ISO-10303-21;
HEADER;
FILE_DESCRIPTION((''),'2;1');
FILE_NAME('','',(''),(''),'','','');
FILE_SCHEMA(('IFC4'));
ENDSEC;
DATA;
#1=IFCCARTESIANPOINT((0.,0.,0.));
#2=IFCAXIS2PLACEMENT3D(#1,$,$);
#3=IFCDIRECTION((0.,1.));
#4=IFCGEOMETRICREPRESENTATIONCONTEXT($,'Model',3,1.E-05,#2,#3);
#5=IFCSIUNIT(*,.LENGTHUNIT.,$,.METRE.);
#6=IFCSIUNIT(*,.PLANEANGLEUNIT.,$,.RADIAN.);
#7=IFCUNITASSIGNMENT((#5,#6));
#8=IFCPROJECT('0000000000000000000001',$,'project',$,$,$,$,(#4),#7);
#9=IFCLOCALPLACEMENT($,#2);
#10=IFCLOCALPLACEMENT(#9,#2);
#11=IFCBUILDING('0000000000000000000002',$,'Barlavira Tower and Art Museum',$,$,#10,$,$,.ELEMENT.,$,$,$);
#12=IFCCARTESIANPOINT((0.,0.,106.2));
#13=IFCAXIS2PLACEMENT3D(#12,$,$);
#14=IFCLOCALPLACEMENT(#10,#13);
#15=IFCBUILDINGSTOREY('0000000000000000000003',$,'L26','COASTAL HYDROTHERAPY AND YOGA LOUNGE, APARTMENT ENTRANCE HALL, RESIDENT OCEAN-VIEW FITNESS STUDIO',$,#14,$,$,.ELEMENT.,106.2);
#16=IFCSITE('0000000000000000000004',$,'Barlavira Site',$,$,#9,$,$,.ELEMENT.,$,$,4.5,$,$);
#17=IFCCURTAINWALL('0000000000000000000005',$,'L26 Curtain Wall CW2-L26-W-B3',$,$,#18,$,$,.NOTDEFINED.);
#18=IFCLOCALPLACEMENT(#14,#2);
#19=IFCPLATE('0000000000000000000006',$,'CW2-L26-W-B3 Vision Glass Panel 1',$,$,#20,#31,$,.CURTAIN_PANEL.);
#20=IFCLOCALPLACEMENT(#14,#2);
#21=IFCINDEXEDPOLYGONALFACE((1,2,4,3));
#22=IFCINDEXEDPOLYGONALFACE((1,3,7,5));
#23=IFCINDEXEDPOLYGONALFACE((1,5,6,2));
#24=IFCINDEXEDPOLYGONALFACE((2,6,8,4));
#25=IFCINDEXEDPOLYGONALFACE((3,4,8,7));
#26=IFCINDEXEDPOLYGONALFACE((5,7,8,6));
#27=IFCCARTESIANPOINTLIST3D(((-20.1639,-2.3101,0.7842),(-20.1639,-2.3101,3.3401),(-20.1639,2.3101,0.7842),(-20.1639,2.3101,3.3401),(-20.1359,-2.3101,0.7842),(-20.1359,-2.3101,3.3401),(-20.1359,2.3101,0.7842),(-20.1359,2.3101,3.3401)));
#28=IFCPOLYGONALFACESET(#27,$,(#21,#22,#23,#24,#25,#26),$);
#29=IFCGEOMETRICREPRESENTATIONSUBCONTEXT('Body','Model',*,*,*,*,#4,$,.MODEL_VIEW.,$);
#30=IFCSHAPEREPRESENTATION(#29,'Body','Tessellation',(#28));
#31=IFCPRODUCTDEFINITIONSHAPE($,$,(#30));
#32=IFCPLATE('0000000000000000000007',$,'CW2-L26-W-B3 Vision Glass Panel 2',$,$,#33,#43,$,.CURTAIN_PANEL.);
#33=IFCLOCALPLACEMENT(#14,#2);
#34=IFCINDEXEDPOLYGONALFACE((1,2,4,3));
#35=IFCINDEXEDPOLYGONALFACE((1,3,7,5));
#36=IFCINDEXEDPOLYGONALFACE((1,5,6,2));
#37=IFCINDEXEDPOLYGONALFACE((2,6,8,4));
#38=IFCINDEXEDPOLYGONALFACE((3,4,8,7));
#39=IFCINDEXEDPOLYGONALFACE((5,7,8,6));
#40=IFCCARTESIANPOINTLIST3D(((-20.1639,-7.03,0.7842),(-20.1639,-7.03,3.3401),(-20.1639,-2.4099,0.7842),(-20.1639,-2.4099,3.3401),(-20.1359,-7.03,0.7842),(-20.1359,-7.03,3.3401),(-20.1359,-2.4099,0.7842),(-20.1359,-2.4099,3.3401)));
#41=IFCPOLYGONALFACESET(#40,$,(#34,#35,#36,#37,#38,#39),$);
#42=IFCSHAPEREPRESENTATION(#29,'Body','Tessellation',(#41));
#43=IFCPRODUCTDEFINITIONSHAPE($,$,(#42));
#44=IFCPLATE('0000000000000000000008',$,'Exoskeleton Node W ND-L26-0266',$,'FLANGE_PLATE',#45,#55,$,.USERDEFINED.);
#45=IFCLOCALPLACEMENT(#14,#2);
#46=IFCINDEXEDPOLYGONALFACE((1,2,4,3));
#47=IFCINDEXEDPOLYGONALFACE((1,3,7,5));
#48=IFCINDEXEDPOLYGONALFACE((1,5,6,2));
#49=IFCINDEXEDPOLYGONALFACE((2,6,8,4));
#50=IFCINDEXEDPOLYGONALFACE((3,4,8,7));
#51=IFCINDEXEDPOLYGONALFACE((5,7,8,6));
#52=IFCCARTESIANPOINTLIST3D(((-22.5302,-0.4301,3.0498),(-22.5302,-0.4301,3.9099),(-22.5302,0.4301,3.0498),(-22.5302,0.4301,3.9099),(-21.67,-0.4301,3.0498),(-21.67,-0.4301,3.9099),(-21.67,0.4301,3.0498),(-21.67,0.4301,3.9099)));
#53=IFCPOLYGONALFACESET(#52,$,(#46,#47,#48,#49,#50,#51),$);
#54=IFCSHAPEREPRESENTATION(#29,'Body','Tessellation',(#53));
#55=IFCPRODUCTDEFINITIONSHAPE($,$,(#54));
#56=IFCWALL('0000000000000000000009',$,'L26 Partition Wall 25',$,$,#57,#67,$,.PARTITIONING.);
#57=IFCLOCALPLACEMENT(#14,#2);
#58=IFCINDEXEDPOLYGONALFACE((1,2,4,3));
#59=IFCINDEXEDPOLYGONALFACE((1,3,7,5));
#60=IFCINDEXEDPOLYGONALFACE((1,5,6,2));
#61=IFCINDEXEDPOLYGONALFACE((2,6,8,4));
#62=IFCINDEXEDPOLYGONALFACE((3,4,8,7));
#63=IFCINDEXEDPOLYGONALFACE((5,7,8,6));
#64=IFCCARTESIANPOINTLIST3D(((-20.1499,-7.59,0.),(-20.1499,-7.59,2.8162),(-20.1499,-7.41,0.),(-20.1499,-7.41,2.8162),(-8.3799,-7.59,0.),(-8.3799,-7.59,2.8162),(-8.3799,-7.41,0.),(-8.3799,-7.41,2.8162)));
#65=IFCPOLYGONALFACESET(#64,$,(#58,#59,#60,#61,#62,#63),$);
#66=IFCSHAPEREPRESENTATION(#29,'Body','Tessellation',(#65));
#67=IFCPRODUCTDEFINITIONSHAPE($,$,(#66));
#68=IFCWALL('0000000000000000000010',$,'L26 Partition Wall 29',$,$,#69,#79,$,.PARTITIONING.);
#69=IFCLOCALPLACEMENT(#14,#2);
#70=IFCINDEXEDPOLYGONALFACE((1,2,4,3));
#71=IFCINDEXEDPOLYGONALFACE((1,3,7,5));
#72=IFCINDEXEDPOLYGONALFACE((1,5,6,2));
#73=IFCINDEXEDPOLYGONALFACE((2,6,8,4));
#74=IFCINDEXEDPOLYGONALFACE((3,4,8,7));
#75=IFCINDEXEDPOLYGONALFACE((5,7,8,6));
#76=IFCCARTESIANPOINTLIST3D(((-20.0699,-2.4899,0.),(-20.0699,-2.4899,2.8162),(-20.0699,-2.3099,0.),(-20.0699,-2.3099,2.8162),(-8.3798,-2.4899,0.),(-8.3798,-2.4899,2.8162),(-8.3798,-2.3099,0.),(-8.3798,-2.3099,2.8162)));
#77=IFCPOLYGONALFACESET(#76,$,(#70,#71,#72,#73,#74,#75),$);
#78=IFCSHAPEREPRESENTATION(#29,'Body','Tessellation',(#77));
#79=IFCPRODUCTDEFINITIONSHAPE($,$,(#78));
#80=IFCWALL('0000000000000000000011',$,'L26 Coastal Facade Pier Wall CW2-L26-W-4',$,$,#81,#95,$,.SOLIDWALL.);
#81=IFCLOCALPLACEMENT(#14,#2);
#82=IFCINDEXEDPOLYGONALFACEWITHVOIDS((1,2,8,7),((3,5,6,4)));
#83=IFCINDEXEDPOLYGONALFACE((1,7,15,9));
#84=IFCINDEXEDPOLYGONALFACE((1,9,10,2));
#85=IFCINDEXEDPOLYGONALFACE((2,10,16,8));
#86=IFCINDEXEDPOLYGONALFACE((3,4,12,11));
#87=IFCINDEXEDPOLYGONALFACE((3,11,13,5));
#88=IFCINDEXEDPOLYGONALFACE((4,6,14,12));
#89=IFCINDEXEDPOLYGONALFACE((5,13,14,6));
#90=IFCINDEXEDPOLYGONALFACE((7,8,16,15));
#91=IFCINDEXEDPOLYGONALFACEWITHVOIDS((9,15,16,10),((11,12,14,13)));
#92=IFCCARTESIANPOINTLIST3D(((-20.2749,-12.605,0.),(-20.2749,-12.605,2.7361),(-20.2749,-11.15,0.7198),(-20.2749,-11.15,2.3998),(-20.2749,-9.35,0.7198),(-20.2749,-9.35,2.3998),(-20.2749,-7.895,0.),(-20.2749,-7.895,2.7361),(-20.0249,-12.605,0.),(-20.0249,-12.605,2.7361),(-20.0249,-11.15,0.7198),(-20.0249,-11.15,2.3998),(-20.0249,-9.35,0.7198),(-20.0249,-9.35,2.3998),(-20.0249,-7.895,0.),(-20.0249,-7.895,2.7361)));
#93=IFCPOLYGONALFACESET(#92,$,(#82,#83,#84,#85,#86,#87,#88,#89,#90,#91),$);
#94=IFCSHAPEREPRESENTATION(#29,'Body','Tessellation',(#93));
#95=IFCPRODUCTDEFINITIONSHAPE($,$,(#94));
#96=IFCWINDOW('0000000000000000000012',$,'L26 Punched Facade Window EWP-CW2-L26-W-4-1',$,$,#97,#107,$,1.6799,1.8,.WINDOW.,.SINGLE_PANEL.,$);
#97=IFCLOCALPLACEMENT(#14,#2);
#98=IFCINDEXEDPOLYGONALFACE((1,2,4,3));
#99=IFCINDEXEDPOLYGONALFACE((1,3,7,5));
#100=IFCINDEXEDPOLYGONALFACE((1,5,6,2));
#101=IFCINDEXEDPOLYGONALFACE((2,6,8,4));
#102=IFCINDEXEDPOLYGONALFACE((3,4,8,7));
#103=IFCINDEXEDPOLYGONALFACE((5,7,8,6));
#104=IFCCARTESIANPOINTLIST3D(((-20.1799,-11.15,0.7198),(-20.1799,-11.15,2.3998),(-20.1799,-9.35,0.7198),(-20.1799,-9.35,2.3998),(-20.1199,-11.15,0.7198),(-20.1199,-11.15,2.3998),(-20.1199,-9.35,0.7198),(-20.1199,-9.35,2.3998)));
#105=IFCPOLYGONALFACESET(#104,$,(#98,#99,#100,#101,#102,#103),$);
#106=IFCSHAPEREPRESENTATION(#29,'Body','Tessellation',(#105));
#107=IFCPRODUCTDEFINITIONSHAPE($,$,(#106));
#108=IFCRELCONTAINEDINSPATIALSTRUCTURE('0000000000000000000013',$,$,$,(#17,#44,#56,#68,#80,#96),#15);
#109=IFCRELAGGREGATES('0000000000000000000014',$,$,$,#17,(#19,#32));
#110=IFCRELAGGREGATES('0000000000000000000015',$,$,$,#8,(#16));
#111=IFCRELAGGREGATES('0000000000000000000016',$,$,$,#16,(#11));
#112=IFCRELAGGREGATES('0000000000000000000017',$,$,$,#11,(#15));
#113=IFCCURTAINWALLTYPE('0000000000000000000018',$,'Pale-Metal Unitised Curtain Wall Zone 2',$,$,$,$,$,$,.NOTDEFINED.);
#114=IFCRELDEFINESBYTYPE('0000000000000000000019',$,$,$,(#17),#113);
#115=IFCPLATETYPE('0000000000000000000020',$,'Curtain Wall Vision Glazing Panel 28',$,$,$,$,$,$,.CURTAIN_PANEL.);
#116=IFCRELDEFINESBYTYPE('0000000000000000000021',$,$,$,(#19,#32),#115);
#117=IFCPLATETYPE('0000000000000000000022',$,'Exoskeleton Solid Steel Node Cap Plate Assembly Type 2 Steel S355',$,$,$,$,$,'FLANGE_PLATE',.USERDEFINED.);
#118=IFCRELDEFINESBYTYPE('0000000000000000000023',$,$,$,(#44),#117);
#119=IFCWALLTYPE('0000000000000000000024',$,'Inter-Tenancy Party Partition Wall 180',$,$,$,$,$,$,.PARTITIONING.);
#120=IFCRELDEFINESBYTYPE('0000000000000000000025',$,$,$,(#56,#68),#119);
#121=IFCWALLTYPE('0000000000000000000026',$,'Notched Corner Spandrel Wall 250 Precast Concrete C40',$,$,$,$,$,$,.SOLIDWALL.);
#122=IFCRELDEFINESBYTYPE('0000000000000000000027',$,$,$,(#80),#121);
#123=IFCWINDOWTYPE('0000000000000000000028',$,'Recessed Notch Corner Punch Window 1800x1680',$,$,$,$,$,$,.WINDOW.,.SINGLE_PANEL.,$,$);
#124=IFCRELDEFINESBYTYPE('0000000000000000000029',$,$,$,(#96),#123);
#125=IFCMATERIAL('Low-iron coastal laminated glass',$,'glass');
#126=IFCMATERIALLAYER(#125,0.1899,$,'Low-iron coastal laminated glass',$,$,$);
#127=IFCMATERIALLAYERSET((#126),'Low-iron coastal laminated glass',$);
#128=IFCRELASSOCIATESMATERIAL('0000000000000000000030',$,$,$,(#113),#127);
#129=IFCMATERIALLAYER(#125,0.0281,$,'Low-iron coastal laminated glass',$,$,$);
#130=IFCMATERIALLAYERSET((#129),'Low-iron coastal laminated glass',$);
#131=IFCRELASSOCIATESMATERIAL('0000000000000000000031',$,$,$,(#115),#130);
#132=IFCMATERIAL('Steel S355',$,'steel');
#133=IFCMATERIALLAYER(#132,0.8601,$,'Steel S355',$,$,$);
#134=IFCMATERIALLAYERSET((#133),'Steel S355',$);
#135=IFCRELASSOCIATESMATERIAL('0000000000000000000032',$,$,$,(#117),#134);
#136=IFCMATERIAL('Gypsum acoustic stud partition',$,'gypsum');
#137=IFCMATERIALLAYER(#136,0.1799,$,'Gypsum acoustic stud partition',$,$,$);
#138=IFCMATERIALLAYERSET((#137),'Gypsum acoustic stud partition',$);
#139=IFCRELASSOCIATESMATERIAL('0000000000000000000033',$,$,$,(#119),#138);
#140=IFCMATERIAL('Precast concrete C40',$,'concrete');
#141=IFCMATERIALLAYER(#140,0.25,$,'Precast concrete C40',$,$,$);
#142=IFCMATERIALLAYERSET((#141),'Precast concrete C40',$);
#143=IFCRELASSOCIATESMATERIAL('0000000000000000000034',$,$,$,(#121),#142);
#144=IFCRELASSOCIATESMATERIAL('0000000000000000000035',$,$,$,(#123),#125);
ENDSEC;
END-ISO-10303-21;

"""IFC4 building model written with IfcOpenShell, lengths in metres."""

from ifc_helpers import new_model, si_unit, direction, frame, frame_2d, origin, origin_2d, place, context, subcontext, project, spatial, rectangle, extrude, material, layer, layer_set, type_object, element, fill, aggregate, save


model = new_model("IFC4")

# Units and contexts
model_context = context("Model", 3, precision=1e-05, world=origin(), true_north=direction((0.0, 1.0)))
body_context = subcontext(model_context, "Body", "Model", "MODEL_VIEW")
ifc_project = project(units=[si_unit("LENGTHUNIT", "METRE"), si_unit("PLANEANGLEUNIT", "RADIAN")], contexts=[model_context])

# Site, building, storey
site_placement = place(None, origin())
site = spatial("IfcSite", under=ifc_project, at=site_placement, Name="Barlavira Site", CompositionType="ELEMENT", RefElevation=4.5)
building_placement = place(site_placement, origin())
building = spatial("IfcBuilding", under=site, at=building_placement, Name="Barlavira Tower and Art Museum", CompositionType="ELEMENT")
storey_placement = place(building_placement, frame((0.0, 0.0, 106.2)))
storey = spatial("IfcBuildingStorey", under=building, at=storey_placement, Name="L26", Description="COASTAL HYDROTHERAPY AND YOGA LOUNGE, APARTMENT ENTRANCE HALL, RESIDENT OCEAN-VIEW FITNESS STUDIO", CompositionType="ELEMENT", Elevation=106.2)

# Curtain wall
ifc_material_1 = material(Name="Low-iron coastal laminated glass", Category="glass")
ifc_layer_1 = layer(ifc_material_1, 0.1899, Name="Low-iron coastal laminated glass")
ifc_layer_set_1 = layer_set([ifc_layer_1], Name="Low-iron coastal laminated glass")
curtain_wall_type = type_object("IfcCurtainWallType", Name="Pale-Metal Unitised Curtain Wall Zone 2", PredefinedType="NOTDEFINED", material=ifc_layer_set_1)
curtain_wall_placement = place(storey_placement, origin())
curtain_wall = element("IfcCurtainWall", 1, at=curtain_wall_placement, inside=storey, type_object=curtain_wall_type, Name="L26 Curtain Wall CW2-L26-W-B3", PredefinedType="NOTDEFINED")

# Shared definitions
ifc_material_2 = material(Name="Steel S355", Category="steel")

# Plates
ifc_layer_2 = layer(ifc_material_1, 0.0281, Name="Low-iron coastal laminated glass")
ifc_layer_set_2 = layer_set([ifc_layer_2], Name="Low-iron coastal laminated glass")
plate_type_1 = type_object("IfcPlateType", Name="Curtain Wall Vision Glazing Panel 28", PredefinedType="CURTAIN_PANEL", material=ifc_layer_set_2)
plate_1_placement = place(storey_placement, frame((-20.1499, 0.0, 0.7842), z_axis=(0.0, 0.0, 1.0), x_axis=(0.0, -1.0, 0.0)))
plate_1 = element("IfcPlate", 2, at=plate_1_placement, type_object=plate_type_1, Name="CW2-L26-W-B3 Vision Glass Panel 1", PredefinedType="CURTAIN_PANEL", context=body_context, shape_type="SweptSolid", body=[
    extrude(rectangle(XDim=4.6201, YDim=0.0281, at=origin_2d()), origin(), (0.0, 0.0, 1.0), 2.5559),
])
plate_2_placement = place(storey_placement, frame((-20.1499, -4.72, 0.7842), z_axis=(0.0, 0.0, 1.0), x_axis=(0.0, -1.0, 0.0)))
plate_2 = element("IfcPlate", 3, at=plate_2_placement, type_object=plate_type_1, Name="CW2-L26-W-B3 Vision Glass Panel 2", PredefinedType="CURTAIN_PANEL", context=body_context, shape_type="SweptSolid", body=[
    extrude(rectangle(XDim=4.6201, YDim=0.0281, at=origin_2d()), origin(), (0.0, 0.0, 1.0), 2.5559),
])
aggregate(curtain_wall, [plate_1, plate_2])
ifc_layer_3 = layer(ifc_material_2, 0.8601, Name="Steel S355")
ifc_layer_set_3 = layer_set([ifc_layer_3], Name="Steel S355")
plate_type_2 = type_object("IfcPlateType", Name="Exoskeleton Solid Steel Node Cap Plate Assembly Type 2 Steel S355", ElementType="FLANGE_PLATE", PredefinedType="USERDEFINED", material=ifc_layer_set_3)
plate_3_placement = place(storey_placement, frame((-22.1001, 0.0, 3.0498), z_axis=(0.0, 0.0, 1.0), x_axis=(1.0, 0.0, 0.0)))
element("IfcPlate", 4, at=plate_3_placement, inside=storey, type_object=plate_type_2, Name="Exoskeleton Node W ND-L26-0266", ObjectType="FLANGE_PLATE", PredefinedType="USERDEFINED", context=body_context, shape_type="SweptSolid", body=[
    extrude(rectangle(XDim=0.8601, YDim=0.8601, at=origin_2d()), origin(), (0.0, 0.0, 1.0), 0.8601),
])

# Shared definitions
ifc_material_3 = material(Name="Gypsum acoustic stud partition", Category="gypsum")
ifc_layer_4 = layer(ifc_material_3, 0.1799, Name="Gypsum acoustic stud partition")
ifc_layer_set_4 = layer_set([ifc_layer_4], Name="Gypsum acoustic stud partition")
wall_type_1 = type_object("IfcWallType", Name="Inter-Tenancy Party Partition Wall 180", PredefinedType="PARTITIONING", material=ifc_layer_set_4)

# Walls
wall_1_placement = place(storey_placement, frame((-20.1499, -7.5, 0.0), z_axis=(0.0, 0.0, 1.0), x_axis=(1.0, 0.0, 0.0)))
element("IfcWall", 5, at=wall_1_placement, inside=storey, type_object=wall_type_1, Name="L26 Partition Wall 25", PredefinedType="PARTITIONING", context=body_context, shape_type="SweptSolid", body=[
    extrude(rectangle(XDim=11.77, YDim=0.1799, at=frame_2d((5.885, 0.0))), origin(), (0.0, 0.0, 1.0), 2.8162),
])
wall_2_placement = place(storey_placement, frame((-20.0701, -2.3999, 0.0), z_axis=(0.0, 0.0, 1.0), x_axis=(1.0, 0.0, 0.0)))
element("IfcWall", 6, at=wall_2_placement, inside=storey, type_object=wall_type_1, Name="L26 Partition Wall 29", PredefinedType="PARTITIONING", context=body_context, shape_type="SweptSolid", body=[
    extrude(rectangle(XDim=11.6902, YDim=0.1799, at=frame_2d((5.8452, 0.0))), origin(), (0.0, 0.0, 1.0), 2.8162),
])

# Wall, opening, window
ifc_material_4 = material(Name="Precast concrete C40", Category="concrete")
ifc_layer_5 = layer(ifc_material_4, 0.25, Name="Precast concrete C40")
ifc_layer_set_5 = layer_set([ifc_layer_5], Name="Precast concrete C40")
wall_type_2 = type_object("IfcWallType", Name="Notched Corner Spandrel Wall 250 Precast Concrete C40", PredefinedType="SOLIDWALL", material=ifc_layer_set_5)
wall_3_placement = place(storey_placement, frame((-20.1499, -7.895, 0.0), z_axis=(0.0, 0.0, 1.0), x_axis=(0.0, -1.0, 0.0)))
wall_3 = element("IfcWall", 7, at=wall_3_placement, inside=storey, type_object=wall_type_2, Name="L26 Coastal Facade Pier Wall CW2-L26-W-4", PredefinedType="SOLIDWALL", context=body_context, shape_type="SweptSolid", body=[
    extrude(rectangle(XDim=4.71, YDim=0.25, at=frame_2d((2.355, 0.0))), origin(), (0.0, 0.0, 1.0), 2.7361),
])
opening_1_placement = place(wall_3_placement, frame((1.4551, 0.0, 0.72)))
opening_1 = element("IfcOpeningElement", 8, at=opening_1_placement, cuts=wall_3, PredefinedType="OPENING", context=body_context, shape_type="SweptSolid", body=[
    extrude(rectangle(XDim=1.8, YDim=1.6799, at=frame_2d((0.8999, 0.8398))), frame((0.0, 0.135, 0.0), z_axis=(0.0, -1.0, 0.0), x_axis=(1.0, 0.0, 0.0)), (0.0, 0.0, 1.0), 0.27),
])
window_type = type_object("IfcWindowType", Name="Recessed Notch Corner Punch Window 1800x1680", PartitioningType="SINGLE_PANEL", PredefinedType="WINDOW", material=ifc_material_1)
window_placement = place(opening_1_placement, origin())
window = element("IfcWindow", 9, at=window_placement, inside=storey, type_object=window_type, Name="L26 Punched Facade Window EWP-CW2-L26-W-4-1", OverallHeight=1.6799, OverallWidth=1.8, PartitioningType="SINGLE_PANEL", PredefinedType="WINDOW", context=body_context, shape_type="SweptSolid", body=[
    extrude(rectangle(XDim=1.8, YDim=1.6799, at=frame_2d((0.8999, 0.8398))), frame((0.0, 0.03, 0.0), z_axis=(0.0, -1.0, 0.0), x_axis=(1.0, 0.0, 0.0)), (0.0, 0.0, 1.0), 0.0601),
])
fill(opening_1, window)

save(model, "model.ifc")
